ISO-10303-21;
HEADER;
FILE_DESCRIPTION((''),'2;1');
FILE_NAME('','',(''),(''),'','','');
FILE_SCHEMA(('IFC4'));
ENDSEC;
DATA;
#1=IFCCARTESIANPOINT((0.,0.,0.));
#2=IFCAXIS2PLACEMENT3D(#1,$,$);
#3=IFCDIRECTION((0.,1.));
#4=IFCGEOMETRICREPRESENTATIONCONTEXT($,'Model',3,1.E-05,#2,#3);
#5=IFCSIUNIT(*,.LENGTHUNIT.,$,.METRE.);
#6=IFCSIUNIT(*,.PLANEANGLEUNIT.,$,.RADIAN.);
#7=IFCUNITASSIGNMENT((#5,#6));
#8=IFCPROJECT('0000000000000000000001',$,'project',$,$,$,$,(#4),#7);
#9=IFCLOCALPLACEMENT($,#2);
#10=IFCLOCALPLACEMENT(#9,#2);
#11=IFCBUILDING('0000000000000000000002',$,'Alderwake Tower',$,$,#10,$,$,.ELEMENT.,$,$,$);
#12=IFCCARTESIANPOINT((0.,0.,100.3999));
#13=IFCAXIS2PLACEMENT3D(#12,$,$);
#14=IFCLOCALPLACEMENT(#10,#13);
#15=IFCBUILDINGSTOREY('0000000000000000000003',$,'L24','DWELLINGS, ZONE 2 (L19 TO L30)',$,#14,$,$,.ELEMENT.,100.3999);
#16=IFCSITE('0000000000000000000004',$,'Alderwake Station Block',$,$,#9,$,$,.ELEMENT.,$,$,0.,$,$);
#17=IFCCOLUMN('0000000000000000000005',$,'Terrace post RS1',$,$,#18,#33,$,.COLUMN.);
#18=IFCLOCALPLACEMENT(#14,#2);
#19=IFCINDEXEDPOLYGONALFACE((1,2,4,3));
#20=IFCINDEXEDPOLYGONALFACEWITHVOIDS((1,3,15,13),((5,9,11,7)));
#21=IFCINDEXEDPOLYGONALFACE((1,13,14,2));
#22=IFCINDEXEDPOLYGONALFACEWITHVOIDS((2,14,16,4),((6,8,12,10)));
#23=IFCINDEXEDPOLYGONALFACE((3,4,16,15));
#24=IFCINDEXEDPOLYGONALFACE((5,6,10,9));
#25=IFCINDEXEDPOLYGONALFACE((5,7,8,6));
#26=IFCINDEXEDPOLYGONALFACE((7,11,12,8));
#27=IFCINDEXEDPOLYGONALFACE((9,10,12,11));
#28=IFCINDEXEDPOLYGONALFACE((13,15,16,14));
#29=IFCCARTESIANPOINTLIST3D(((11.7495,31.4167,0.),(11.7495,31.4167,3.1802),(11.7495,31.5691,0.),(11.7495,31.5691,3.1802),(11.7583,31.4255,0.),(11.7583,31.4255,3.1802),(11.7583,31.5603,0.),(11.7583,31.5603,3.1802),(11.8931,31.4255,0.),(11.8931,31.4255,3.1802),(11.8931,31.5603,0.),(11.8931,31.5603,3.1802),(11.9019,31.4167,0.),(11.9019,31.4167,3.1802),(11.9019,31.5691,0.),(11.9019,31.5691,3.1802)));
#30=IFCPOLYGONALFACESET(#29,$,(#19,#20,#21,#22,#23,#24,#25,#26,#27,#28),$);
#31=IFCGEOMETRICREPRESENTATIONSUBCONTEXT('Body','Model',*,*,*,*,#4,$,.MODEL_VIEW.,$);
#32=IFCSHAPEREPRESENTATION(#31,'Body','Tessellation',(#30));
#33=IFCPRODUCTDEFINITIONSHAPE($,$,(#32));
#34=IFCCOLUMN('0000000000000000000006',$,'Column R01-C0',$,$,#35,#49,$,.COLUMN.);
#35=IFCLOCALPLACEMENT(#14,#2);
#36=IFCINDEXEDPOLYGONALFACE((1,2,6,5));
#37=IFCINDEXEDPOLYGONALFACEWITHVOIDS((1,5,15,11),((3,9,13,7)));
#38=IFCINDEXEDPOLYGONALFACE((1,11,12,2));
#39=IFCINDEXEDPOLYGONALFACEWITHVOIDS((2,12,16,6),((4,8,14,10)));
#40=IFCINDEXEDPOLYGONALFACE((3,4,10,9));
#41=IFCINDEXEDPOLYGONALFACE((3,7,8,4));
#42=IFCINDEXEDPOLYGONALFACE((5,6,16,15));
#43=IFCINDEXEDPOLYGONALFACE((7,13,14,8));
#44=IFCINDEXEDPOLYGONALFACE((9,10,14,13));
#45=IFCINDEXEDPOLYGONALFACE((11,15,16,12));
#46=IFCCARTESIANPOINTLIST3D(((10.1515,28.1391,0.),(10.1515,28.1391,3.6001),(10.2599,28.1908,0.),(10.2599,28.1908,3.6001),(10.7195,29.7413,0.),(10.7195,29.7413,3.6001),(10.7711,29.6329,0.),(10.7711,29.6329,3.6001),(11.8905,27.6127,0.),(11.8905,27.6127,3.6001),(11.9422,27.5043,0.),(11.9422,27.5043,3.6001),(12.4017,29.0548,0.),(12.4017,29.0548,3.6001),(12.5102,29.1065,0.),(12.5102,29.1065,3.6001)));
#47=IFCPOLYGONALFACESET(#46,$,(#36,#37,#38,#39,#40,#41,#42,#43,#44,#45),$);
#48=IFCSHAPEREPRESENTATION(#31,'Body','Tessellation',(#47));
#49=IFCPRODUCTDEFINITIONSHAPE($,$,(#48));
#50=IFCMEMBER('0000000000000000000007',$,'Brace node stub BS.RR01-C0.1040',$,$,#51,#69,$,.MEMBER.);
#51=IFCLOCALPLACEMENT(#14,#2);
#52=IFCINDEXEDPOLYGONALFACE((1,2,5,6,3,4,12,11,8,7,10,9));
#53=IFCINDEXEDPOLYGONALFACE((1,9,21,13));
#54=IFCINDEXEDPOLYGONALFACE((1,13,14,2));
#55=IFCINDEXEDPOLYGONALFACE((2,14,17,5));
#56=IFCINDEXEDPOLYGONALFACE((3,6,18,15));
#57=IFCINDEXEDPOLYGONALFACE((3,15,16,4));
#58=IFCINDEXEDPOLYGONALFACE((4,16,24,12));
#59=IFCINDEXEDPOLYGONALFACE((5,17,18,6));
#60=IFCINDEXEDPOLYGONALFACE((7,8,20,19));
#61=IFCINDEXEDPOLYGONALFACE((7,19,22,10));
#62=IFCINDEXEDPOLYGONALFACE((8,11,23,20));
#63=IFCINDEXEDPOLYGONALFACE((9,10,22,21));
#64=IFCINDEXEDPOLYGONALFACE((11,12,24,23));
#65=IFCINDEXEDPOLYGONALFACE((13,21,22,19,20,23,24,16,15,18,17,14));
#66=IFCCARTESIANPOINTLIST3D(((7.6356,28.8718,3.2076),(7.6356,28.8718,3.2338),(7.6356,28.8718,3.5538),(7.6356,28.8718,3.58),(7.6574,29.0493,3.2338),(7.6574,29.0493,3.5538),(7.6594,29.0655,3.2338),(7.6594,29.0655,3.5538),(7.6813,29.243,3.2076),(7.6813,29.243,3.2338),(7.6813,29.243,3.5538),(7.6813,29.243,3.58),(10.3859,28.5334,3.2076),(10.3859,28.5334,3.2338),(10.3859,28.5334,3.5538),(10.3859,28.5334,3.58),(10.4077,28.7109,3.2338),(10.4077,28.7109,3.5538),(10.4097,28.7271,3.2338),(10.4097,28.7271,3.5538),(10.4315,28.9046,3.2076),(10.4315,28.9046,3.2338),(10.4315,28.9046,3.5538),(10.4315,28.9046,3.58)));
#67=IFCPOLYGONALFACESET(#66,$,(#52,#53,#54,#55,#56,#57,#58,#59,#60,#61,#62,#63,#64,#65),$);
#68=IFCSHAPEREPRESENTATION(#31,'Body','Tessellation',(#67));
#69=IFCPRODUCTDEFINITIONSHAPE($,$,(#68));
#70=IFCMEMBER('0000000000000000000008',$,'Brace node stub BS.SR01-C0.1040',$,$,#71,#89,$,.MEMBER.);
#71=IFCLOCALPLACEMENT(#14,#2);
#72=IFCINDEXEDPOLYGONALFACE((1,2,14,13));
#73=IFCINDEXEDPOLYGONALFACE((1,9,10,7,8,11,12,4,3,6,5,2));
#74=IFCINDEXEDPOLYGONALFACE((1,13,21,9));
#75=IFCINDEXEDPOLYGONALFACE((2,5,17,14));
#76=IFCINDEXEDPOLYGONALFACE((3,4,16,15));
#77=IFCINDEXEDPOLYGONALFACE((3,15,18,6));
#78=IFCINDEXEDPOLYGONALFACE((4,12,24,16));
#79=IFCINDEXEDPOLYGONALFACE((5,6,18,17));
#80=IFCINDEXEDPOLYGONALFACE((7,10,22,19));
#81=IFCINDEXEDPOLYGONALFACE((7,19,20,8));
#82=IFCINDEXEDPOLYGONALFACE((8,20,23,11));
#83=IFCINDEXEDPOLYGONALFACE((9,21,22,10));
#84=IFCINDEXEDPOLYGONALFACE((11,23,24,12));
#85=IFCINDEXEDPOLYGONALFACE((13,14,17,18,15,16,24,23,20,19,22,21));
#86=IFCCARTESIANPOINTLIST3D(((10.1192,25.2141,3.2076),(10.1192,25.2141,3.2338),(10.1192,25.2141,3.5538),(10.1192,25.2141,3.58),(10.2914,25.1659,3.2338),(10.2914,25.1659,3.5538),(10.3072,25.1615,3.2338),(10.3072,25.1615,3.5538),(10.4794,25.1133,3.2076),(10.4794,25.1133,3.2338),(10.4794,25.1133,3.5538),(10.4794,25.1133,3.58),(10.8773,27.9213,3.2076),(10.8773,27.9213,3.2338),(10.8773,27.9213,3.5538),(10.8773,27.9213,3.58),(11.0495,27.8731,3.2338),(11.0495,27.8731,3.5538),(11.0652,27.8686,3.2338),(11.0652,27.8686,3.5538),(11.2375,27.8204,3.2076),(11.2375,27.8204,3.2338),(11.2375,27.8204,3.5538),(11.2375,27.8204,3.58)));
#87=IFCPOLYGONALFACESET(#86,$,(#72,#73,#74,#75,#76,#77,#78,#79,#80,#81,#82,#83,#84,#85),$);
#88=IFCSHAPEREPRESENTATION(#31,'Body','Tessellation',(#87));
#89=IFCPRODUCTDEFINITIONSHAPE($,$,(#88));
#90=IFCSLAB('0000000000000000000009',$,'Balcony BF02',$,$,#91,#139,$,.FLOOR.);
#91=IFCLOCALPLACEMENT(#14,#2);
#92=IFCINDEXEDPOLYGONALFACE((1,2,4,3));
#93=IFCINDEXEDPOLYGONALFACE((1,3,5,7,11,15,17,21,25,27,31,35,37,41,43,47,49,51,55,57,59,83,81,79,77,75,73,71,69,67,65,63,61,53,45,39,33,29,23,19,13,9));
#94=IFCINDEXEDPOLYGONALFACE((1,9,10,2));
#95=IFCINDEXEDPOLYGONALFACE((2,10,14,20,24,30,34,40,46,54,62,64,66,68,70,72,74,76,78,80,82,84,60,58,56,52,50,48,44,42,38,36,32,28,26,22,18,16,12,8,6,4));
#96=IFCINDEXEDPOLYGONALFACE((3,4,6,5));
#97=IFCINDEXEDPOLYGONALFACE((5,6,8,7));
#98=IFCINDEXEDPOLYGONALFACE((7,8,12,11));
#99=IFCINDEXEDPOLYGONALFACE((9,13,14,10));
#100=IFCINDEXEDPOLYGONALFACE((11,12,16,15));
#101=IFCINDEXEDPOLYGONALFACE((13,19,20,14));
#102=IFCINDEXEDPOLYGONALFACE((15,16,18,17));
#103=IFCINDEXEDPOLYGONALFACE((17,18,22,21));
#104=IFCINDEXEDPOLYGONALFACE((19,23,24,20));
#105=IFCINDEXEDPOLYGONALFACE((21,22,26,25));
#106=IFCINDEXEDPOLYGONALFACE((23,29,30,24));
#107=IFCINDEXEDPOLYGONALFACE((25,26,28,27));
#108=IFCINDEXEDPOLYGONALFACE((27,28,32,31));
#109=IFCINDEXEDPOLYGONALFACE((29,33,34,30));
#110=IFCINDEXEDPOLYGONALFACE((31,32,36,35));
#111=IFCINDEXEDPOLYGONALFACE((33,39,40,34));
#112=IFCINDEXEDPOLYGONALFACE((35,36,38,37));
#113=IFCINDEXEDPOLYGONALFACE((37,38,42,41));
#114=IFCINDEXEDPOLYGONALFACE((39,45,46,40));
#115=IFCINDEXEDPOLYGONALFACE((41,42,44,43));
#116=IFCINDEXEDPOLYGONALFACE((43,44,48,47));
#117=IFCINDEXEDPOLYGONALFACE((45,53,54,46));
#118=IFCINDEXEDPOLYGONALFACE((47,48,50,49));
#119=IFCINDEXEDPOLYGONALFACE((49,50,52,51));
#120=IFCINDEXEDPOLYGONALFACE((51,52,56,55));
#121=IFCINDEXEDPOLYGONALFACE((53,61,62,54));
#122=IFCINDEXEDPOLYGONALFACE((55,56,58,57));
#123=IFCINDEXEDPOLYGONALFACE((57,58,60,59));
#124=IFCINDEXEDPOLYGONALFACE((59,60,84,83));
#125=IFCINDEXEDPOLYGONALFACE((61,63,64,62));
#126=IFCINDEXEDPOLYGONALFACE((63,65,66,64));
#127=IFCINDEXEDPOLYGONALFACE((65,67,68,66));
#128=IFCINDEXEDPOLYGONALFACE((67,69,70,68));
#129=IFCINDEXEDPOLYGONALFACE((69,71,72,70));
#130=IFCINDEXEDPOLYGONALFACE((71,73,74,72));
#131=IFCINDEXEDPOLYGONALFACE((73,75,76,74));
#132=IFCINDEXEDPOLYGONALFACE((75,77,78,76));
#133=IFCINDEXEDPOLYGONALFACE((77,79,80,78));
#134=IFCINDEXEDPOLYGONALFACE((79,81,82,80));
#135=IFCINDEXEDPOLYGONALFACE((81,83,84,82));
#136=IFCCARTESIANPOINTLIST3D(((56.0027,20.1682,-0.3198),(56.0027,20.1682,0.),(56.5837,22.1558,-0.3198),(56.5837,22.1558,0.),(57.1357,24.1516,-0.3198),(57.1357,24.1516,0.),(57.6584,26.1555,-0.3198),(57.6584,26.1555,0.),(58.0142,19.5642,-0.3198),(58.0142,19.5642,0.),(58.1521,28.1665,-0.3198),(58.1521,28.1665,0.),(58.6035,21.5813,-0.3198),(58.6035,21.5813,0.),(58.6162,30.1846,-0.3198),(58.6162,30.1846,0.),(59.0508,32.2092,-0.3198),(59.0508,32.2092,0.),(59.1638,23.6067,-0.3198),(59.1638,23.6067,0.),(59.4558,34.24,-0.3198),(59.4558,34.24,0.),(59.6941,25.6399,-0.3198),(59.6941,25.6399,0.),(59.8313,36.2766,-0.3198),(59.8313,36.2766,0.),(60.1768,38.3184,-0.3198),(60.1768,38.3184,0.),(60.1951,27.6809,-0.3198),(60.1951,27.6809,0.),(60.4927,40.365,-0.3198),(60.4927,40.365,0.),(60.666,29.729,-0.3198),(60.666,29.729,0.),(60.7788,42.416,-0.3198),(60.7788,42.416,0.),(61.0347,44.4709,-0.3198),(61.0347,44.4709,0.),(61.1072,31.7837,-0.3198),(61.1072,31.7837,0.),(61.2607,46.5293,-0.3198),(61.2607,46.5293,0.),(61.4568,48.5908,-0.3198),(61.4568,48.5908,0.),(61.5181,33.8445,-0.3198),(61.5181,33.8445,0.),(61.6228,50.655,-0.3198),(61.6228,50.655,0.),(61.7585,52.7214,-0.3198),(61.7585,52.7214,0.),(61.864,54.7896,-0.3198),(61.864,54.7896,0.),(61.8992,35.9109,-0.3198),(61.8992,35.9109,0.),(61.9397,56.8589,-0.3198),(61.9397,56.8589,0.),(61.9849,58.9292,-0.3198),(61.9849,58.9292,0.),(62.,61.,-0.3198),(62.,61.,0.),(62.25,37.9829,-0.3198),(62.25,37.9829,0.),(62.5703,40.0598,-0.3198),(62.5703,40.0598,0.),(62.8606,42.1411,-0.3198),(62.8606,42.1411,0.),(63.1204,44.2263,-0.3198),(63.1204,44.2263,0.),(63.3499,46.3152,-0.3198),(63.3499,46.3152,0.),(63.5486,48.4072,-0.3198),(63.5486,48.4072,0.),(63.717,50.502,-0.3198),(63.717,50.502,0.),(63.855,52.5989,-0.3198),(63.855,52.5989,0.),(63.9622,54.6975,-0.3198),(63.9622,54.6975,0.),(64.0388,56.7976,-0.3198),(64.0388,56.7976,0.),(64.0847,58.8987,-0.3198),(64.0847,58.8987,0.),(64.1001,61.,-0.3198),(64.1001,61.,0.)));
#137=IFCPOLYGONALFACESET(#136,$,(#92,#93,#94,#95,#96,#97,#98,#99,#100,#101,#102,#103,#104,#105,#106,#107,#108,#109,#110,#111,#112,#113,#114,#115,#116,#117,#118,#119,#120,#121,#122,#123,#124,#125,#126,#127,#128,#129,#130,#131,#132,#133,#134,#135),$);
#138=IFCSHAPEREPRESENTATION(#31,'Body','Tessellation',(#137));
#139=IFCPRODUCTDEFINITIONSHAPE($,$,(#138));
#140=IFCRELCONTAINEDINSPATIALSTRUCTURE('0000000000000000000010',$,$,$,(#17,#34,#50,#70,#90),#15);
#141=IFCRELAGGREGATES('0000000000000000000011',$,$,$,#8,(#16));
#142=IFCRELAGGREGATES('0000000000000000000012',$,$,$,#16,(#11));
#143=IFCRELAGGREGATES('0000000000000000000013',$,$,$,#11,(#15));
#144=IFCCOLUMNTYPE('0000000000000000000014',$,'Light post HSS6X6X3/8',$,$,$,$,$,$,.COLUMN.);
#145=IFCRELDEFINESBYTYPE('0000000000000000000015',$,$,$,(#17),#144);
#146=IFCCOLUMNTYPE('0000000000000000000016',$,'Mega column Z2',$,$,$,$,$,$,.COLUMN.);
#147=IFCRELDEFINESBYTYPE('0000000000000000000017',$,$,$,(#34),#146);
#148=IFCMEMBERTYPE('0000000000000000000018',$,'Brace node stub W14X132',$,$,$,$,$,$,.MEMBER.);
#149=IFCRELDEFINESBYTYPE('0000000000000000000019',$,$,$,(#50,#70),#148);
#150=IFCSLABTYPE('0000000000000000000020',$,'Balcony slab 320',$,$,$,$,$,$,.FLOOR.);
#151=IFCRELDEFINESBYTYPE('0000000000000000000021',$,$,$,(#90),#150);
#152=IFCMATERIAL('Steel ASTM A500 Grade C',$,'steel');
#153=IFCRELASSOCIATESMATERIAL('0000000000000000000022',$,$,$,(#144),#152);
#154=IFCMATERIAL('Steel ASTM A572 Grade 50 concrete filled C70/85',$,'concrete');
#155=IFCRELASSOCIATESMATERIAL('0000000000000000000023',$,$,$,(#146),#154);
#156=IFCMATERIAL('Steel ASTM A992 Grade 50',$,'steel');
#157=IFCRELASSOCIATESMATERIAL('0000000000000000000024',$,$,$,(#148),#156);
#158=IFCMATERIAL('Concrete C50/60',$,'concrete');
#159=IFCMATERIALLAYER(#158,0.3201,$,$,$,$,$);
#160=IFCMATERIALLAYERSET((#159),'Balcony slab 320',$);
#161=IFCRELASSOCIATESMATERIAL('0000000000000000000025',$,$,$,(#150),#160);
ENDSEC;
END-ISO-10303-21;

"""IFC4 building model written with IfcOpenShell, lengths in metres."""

from ifc_helpers import new_model, si_unit, direction, frame, origin, origin_2d, place, context, subcontext, project, spatial, polyline, hollow_rectangle, i_section, outline, extrude, material, layer, layer_set, material_profile, profile_set, type_object, element, save


model = new_model("IFC4")

# Units and contexts
model_context = context("Model", 3, precision=1e-05, world=origin(), true_north=direction((0.0, 1.0)))
body_context = subcontext(model_context, "Body", "Model", "MODEL_VIEW")
ifc_project = project(units=[si_unit("LENGTHUNIT", "METRE"), si_unit("PLANEANGLEUNIT", "RADIAN")], contexts=[model_context])

# Site, building, storey
site_placement = place(None, origin())
site = spatial("IfcSite", under=ifc_project, at=site_placement, Name="Alderwake Station Block", CompositionType="ELEMENT", RefElevation=0.0)
building_placement = place(site_placement, origin())
building = spatial("IfcBuilding", under=site, at=building_placement, Name="Alderwake Tower", CompositionType="ELEMENT")
storey_placement = place(building_placement, frame((0.0, 0.0, 100.3999)))
storey = spatial("IfcBuildingStorey", under=building, at=storey_placement, Name="L24", Description="DWELLINGS, ZONE 2 (L19 TO L30)", CompositionType="ELEMENT", Elevation=100.3999)

# Columns
ifc_material_1 = material(Name="Steel ASTM A500 Grade C", Category="steel")
ifc_material_profile_1 = material_profile(ifc_material_1, hollow_rectangle(XDim=0.1523, YDim=0.1523, WallThickness=0.0088, at=origin_2d()), Name="HSS6X6X3/8")
ifc_profile_set_1 = profile_set([ifc_material_profile_1], Name="Steel ASTM A500 Grade C")
column_type_1 = type_object("IfcColumnType", Name="Light post HSS6X6X3/8", PredefinedType="COLUMN", material=ifc_profile_set_1)
column_1_placement = place(storey_placement, frame((11.8257, 31.4929, 0.0), z_axis=(0.0, 0.0, 1.0), x_axis=(1.0, 0.0, 0.0)))
element("IfcColumn", 1, at=column_1_placement, inside=storey, type_object=column_type_1, Name="Terrace post RS1", PredefinedType="COLUMN", context=body_context, shape_type="SweptSolid", body=[
    extrude(hollow_rectangle(XDim=0.1523, YDim=0.1523, WallThickness=0.0088, at=origin_2d()), origin(), (0.0, 0.0, 1.0), 3.1802),
])
ifc_material_2 = material(Name="Steel ASTM A572 Grade 50 concrete filled C70/85", Category="concrete")
ifc_material_profile_2 = material_profile(ifc_material_2, hollow_rectangle(XDim=1.7, YDim=1.8999, WallThickness=0.085, at=origin_2d()), Name="BOX 1900X1700X85")
ifc_profile_set_2 = profile_set([ifc_material_profile_2], Name="Steel ASTM A572 Grade 50 concrete filled C70/85")
column_type_2 = type_object("IfcColumnType", Name="Mega column Z2", PredefinedType="COLUMN", material=ifc_profile_set_2)
column_2_placement = place(storey_placement, frame((11.3308, 28.6228, 0.0), z_axis=(0.0, 0.0, 1.0), x_axis=(0.334131, 0.942527, 0.0)))
element("IfcColumn", 2, at=column_2_placement, inside=storey, type_object=column_type_2, Name="Column R01-C0", PredefinedType="COLUMN", context=body_context, shape_type="SweptSolid", body=[
    extrude(hollow_rectangle(XDim=1.7, YDim=1.8999, WallThickness=0.085, at=origin_2d()), origin(), (0.0, 0.0, 1.0), 3.6001),
])

# Members
ifc_material_3 = material(Name="Steel ASTM A992 Grade 50", Category="steel")
ifc_material_profile_3 = material_profile(ifc_material_3, i_section(OverallWidth=0.374, OverallDepth=0.3723, WebThickness=0.0164, FlangeThickness=0.0261, at=origin_2d()), Name="W14X132")
ifc_profile_set_3 = profile_set([ifc_material_profile_3], Name="Steel ASTM A992 Grade 50")
member_type = type_object("IfcMemberType", Name="Brace node stub W14X132", PredefinedType="MEMBER", material=ifc_profile_set_3)
member_1_placement = place(storey_placement, frame((10.4087, 28.719, 3.3938), z_axis=(-0.992516, 0.122115, 0.0), x_axis=(-0.122115, -0.992516, 0.0)))
element("IfcMember", 3, at=member_1_placement, inside=storey, type_object=member_type, Name="Brace node stub BS.RR01-C0.1040", PredefinedType="MEMBER", context=body_context, shape_type="SweptSolid", body=[
    extrude(i_section(OverallWidth=0.374, OverallDepth=0.3723, WebThickness=0.0164, FlangeThickness=0.0261, at=origin_2d()), origin(), (0.0, 0.0, 1.0), 2.771),
])
member_2_placement = place(storey_placement, frame((11.0574, 27.8708, 3.3938), z_axis=(-0.269659, -0.962956, 0.0), x_axis=(0.962956, -0.269659, 0.0)))
element("IfcMember", 4, at=member_2_placement, inside=storey, type_object=member_type, Name="Brace node stub BS.SR01-C0.1040", PredefinedType="MEMBER", context=body_context, shape_type="SweptSolid", body=[
    extrude(i_section(OverallWidth=0.374, OverallDepth=0.3723, WebThickness=0.0164, FlangeThickness=0.0261, at=origin_2d()), origin(), (0.0, 0.0, 1.0), 2.8113),
])

# Slab
ifc_material_4 = material(Name="Concrete C50/60", Category="concrete")
ifc_layer_1 = layer(ifc_material_4, 0.3201)
ifc_layer_set_1 = layer_set([ifc_layer_1], Name="Balcony slab 320")
slab_type_1 = type_object("IfcSlabType", Name="Balcony slab 320", PredefinedType="FLOOR", material=ifc_layer_set_1)
slab_1_placement = place(storey_placement, frame((0.0, 0.0, -0.3198)))
element("IfcSlab", 5, at=slab_1_placement, inside=storey, type_object=slab_type_1, Name="Balcony BF02", PredefinedType="FLOOR", context=body_context, shape_type="SweptSolid", body=[
    extrude(outline(polyline([(58.6035, 21.5813), (59.1638, 23.6067), (59.6941, 25.6399), (60.1951, 27.6809), (60.666, 29.729), (61.1072, 31.7837), (61.5181, 33.8445), (61.8992, 35.9109), (62.25, 37.9829), (62.5703, 40.0598), (62.8606, 42.1411), (63.1204, 44.2263), (63.3499, 46.3152), (63.5486, 48.4072), (63.717, 50.502), (63.855, 52.5989), (63.9622, 54.6975), (64.0388, 56.7976), (64.0847, 58.8987), (64.1001, 61.0), (62.0, 61.0), (61.9849, 58.9292), (61.9397, 56.8589), (61.864, 54.7896), (61.7585, 52.7214), (61.6228, 50.655), (61.4568, 48.5908), (61.2607, 46.5293), (61.0347, 44.4709), (60.7788, 42.416), (60.4927, 40.365), (60.1768, 38.3184), (59.8313, 36.2766), (59.4558, 34.24), (59.0508, 32.2092), (58.6162, 30.1846), (58.1521, 28.1665), (57.6584, 26.1555), (57.1357, 24.1516), (56.5837, 22.1558), (56.0027, 20.1682), (58.0142, 19.5642), (58.6035, 21.5813)])), origin(), (0.0, 0.0, 1.0), 0.3198),
])

save(model, "model.ifc")
